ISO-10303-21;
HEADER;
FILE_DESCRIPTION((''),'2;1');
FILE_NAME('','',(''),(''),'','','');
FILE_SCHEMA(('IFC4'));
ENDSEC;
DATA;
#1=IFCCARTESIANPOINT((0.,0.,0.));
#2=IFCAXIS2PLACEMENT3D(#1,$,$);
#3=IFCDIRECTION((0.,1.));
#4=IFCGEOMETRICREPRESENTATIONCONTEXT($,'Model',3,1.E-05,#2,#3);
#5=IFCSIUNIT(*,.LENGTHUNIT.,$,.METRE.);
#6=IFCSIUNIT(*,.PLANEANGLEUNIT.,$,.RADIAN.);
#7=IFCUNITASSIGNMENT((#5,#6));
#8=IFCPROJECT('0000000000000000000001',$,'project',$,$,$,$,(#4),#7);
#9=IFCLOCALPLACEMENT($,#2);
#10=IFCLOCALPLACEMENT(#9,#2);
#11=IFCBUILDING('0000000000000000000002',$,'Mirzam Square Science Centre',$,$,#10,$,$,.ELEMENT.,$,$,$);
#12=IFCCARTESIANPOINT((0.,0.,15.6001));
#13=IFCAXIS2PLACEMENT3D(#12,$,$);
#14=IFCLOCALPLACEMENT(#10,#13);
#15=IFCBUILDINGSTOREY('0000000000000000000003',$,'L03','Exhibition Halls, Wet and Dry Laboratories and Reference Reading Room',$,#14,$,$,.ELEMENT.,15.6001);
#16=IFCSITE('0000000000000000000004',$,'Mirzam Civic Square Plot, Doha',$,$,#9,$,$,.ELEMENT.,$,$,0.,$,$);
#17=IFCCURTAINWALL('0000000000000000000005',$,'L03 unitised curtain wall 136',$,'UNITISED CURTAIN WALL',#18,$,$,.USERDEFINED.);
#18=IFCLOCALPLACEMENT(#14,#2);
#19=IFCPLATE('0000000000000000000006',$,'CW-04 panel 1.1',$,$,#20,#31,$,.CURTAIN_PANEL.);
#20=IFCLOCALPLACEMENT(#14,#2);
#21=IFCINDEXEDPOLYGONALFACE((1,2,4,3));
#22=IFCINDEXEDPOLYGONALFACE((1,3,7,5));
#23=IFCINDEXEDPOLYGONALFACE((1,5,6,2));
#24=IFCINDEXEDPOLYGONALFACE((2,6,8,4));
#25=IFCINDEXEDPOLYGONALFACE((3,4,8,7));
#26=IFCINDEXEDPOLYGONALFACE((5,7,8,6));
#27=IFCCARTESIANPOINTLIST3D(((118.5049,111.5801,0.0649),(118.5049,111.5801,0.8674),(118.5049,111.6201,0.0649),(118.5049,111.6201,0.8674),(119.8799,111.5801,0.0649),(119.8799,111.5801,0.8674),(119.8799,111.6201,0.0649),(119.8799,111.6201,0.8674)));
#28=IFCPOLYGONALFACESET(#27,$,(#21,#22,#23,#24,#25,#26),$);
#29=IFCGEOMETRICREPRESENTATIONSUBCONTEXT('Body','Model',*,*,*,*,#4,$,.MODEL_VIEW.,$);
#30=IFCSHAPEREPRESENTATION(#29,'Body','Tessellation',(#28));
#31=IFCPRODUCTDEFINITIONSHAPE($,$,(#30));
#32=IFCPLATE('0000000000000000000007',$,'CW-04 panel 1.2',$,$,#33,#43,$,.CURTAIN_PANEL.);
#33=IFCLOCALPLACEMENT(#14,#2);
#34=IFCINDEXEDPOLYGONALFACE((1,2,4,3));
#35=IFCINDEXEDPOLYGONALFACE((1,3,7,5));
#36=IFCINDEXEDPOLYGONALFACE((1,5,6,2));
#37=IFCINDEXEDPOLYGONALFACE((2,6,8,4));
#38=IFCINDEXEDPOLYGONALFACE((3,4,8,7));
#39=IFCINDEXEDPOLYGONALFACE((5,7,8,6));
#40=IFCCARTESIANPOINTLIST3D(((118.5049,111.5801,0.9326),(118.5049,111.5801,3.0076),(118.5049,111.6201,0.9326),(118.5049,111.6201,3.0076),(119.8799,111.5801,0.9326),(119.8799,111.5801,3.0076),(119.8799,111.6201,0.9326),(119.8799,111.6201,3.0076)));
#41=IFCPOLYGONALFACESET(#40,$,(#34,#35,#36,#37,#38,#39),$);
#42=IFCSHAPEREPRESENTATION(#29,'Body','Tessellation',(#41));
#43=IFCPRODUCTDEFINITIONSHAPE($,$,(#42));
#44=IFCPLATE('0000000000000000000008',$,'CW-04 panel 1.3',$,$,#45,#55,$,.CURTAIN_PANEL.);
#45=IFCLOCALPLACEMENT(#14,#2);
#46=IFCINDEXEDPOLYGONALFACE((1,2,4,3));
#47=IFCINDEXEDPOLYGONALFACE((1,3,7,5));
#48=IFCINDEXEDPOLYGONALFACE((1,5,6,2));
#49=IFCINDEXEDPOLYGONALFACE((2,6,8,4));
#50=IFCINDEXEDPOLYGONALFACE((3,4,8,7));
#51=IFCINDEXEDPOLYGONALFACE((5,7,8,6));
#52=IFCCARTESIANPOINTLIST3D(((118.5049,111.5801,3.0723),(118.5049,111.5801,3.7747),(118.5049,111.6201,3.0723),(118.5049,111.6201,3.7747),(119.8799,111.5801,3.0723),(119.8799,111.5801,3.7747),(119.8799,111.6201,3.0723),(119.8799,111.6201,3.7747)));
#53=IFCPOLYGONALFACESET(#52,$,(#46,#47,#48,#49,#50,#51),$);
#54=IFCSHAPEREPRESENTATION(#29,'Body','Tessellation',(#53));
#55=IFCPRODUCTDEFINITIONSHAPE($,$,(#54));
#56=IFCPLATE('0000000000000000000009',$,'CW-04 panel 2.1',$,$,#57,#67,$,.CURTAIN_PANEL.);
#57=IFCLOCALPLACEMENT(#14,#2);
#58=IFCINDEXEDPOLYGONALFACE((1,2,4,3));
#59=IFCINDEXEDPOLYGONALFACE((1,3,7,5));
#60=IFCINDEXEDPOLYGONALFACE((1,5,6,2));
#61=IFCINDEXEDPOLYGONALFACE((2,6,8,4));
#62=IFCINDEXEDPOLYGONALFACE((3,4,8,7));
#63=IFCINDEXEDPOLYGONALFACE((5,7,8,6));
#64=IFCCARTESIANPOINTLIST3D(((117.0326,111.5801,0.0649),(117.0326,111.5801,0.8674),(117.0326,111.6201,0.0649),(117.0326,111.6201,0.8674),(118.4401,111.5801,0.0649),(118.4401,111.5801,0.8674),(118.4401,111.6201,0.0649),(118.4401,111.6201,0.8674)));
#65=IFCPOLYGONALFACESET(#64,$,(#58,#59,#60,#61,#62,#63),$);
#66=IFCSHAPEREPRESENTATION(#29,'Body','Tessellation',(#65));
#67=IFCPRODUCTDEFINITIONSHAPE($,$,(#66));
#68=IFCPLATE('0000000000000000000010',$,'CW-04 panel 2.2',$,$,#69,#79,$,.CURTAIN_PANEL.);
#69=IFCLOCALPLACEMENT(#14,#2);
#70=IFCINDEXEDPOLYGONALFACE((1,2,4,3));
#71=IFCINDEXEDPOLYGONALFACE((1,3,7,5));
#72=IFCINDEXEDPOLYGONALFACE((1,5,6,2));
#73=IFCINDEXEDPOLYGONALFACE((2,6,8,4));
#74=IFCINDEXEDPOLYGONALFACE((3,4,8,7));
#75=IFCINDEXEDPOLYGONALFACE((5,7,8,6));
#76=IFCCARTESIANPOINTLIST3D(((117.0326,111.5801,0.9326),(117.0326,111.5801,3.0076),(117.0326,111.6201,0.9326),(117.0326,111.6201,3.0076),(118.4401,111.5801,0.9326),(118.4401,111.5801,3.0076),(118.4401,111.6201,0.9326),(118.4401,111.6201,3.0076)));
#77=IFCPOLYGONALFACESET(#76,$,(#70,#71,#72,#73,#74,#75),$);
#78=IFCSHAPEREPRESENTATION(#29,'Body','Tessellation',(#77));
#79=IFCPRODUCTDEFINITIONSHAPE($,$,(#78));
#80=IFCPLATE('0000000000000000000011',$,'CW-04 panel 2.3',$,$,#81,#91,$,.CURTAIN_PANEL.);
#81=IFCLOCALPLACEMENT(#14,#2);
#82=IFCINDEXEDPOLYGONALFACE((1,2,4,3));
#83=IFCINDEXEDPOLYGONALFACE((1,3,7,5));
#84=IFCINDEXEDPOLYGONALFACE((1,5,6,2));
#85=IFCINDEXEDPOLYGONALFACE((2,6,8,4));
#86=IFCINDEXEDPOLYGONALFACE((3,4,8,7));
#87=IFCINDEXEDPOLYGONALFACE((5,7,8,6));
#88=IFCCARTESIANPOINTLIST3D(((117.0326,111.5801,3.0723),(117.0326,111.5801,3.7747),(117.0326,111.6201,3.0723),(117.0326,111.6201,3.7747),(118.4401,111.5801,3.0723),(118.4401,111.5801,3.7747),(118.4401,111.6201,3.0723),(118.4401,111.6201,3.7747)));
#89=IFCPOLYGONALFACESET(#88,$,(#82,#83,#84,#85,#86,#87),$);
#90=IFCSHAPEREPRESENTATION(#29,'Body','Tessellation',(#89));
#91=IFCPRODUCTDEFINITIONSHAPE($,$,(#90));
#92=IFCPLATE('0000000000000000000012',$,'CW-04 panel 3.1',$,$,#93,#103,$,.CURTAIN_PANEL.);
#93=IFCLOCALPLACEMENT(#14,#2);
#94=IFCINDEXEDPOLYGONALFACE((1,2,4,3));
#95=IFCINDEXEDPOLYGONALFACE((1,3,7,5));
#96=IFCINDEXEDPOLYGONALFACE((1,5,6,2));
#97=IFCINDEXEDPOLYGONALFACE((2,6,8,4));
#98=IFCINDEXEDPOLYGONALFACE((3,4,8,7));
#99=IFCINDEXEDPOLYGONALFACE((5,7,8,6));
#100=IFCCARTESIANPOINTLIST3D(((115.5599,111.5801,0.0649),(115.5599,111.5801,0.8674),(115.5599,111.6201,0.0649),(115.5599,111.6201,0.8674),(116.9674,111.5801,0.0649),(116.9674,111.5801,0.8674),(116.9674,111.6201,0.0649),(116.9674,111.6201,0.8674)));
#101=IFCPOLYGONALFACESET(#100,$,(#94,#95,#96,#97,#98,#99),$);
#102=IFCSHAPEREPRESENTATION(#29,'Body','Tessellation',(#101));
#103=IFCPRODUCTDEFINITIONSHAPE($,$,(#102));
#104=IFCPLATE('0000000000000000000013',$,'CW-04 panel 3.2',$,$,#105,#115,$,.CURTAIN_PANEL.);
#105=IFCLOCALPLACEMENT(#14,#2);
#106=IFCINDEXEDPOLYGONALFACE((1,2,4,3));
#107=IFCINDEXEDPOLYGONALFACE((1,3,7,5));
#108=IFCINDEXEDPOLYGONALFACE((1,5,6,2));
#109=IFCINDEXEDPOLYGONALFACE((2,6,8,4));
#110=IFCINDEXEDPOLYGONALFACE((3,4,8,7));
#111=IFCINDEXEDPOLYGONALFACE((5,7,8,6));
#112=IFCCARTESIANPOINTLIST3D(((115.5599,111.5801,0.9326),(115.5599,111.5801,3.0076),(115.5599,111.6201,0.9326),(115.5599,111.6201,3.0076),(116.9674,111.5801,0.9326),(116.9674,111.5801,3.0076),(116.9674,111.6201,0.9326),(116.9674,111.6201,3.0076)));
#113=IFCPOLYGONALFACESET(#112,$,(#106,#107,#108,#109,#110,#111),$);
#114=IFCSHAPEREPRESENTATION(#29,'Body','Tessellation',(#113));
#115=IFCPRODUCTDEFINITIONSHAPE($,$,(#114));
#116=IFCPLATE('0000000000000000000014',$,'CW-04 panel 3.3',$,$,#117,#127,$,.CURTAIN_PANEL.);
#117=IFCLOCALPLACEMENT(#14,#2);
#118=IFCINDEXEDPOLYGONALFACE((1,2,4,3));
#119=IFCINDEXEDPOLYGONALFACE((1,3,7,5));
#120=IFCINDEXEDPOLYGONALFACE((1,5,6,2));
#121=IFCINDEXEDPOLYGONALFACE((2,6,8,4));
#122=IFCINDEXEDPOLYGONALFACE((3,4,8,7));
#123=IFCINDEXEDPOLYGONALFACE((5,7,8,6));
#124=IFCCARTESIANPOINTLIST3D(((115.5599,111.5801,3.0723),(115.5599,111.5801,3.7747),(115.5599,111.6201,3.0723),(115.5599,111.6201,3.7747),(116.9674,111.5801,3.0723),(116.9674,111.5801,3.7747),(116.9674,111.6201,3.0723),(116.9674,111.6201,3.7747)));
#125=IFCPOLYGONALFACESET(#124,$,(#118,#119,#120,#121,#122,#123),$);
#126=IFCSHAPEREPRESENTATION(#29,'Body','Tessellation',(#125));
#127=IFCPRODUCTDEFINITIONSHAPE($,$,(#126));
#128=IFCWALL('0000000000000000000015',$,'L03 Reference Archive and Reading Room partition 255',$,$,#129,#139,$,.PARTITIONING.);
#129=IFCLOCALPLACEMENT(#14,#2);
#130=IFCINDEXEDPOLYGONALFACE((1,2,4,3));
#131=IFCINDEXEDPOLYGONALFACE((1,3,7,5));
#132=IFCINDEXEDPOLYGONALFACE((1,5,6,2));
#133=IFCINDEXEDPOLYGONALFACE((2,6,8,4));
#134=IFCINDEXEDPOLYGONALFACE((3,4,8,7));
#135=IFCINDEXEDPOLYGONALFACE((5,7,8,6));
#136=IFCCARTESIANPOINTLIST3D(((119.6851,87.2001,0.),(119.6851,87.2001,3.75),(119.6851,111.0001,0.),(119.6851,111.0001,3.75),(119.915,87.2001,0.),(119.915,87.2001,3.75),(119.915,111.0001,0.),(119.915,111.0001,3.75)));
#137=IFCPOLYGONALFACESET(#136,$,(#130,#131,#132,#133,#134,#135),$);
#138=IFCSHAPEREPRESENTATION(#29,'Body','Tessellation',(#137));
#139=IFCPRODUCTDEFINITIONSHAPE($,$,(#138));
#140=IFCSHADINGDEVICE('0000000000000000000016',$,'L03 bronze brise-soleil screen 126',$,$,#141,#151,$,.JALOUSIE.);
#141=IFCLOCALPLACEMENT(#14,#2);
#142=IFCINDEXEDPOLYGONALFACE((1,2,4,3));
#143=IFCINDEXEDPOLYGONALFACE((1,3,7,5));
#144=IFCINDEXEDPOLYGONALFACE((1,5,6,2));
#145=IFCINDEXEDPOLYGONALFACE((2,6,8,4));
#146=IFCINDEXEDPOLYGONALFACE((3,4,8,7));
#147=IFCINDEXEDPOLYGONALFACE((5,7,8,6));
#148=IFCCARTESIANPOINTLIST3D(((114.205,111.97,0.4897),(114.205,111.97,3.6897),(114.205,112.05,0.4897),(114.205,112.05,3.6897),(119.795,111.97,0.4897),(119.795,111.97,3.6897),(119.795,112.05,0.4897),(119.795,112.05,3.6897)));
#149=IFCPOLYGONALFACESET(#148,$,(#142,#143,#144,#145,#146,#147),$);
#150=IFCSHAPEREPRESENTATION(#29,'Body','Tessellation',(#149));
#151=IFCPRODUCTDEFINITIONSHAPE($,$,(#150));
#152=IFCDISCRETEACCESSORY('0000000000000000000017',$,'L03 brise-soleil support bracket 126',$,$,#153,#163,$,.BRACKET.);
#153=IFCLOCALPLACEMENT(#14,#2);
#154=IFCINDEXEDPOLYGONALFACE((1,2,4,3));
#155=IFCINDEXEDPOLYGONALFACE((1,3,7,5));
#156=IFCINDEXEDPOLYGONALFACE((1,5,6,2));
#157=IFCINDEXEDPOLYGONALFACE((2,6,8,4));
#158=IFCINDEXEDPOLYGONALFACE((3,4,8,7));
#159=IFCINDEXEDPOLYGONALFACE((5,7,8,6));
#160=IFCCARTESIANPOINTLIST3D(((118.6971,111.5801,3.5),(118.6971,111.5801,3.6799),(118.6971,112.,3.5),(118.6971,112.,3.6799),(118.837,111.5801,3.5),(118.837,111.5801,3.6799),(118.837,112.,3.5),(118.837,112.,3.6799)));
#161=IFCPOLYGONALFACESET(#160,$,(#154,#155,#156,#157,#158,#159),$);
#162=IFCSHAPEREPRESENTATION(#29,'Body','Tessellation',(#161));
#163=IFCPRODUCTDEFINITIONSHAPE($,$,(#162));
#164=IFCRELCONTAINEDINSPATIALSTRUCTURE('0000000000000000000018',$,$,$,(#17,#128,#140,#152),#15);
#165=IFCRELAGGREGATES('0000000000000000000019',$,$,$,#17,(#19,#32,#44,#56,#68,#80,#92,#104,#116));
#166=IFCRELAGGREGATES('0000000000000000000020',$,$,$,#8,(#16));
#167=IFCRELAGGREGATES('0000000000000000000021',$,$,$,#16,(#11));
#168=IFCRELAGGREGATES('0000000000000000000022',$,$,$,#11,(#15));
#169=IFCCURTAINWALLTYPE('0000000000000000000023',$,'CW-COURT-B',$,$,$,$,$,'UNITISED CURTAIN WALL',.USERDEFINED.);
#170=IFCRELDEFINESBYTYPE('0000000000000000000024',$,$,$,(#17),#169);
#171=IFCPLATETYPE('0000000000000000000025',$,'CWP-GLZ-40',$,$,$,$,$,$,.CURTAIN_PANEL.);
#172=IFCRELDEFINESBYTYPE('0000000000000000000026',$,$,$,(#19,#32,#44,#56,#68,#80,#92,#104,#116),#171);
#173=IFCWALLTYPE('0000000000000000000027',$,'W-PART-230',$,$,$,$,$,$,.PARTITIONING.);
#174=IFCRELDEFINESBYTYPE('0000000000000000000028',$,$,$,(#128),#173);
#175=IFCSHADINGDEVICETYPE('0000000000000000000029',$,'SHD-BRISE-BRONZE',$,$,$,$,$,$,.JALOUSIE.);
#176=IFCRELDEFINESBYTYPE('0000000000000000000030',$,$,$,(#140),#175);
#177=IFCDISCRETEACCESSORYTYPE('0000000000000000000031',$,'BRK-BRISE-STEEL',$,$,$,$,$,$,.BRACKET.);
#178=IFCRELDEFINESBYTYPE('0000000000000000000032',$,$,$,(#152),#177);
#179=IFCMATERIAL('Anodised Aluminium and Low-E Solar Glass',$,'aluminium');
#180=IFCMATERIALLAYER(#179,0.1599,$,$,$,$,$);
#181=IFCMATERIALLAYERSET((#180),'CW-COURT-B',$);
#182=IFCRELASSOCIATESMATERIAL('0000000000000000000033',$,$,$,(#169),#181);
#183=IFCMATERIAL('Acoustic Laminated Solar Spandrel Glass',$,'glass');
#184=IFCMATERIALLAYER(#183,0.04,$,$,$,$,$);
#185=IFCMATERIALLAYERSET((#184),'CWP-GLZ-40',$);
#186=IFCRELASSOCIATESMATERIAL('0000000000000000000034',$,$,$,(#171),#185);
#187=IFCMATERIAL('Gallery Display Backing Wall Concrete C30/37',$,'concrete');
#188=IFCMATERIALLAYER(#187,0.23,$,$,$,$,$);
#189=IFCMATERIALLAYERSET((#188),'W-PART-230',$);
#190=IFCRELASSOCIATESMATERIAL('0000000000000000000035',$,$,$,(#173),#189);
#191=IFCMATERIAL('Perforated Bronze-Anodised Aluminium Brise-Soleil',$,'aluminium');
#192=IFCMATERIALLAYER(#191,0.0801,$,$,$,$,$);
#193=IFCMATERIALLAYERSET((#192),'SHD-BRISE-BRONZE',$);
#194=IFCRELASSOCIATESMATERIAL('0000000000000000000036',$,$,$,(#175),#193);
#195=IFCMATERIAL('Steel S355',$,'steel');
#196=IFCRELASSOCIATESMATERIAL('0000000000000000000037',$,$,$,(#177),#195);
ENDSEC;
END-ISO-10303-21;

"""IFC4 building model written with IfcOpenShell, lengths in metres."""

from ifc_helpers import new_model, si_unit, direction, frame, frame_2d, origin, origin_2d, place, context, subcontext, project, spatial, rectangle, extrude, material, layer, layer_set, type_object, element, aggregate, save


model = new_model("IFC4")

# Units and contexts
model_context = context("Model", 3, precision=1e-05, world=origin(), true_north=direction((0.0, 1.0)))
body_context = subcontext(model_context, "Body", "Model", "MODEL_VIEW")
ifc_project = project(units=[si_unit("LENGTHUNIT", "METRE"), si_unit("PLANEANGLEUNIT", "RADIAN")], contexts=[model_context])

# Site, building, storey
site_placement = place(None, origin())
site = spatial("IfcSite", under=ifc_project, at=site_placement, Name="Mirzam Civic Square Plot, Doha", CompositionType="ELEMENT", RefElevation=0.0)
building_placement = place(site_placement, origin())
building = spatial("IfcBuilding", under=site, at=building_placement, Name="Mirzam Square Science Centre", CompositionType="ELEMENT")
storey_placement = place(building_placement, frame((0.0, 0.0, 15.6001)))
storey = spatial("IfcBuildingStorey", under=building, at=storey_placement, Name="L03", Description="Exhibition Halls, Wet and Dry Laboratories and Reference Reading Room", CompositionType="ELEMENT", Elevation=15.6001)

# Curtain wall, plates
ifc_material_1 = material(Name="Anodised Aluminium and Low-E Solar Glass", Category="aluminium")
ifc_layer_1 = layer(ifc_material_1, 0.1599)
ifc_layer_set_1 = layer_set([ifc_layer_1], Name="CW-COURT-B")
curtain_wall_type = type_object("IfcCurtainWallType", Name="CW-COURT-B", ElementType="UNITISED CURTAIN WALL", PredefinedType="USERDEFINED", material=ifc_layer_set_1)
curtain_wall_placement = place(storey_placement, origin())
curtain_wall = element("IfcCurtainWall", 1, at=curtain_wall_placement, inside=storey, type_object=curtain_wall_type, Name="L03 unitised curtain wall 136", ObjectType="UNITISED CURTAIN WALL", PredefinedType="USERDEFINED")
ifc_material_2 = material(Name="Acoustic Laminated Solar Spandrel Glass", Category="glass")
ifc_layer_2 = layer(ifc_material_2, 0.04)
ifc_layer_set_2 = layer_set([ifc_layer_2], Name="CWP-GLZ-40")
plate_type = type_object("IfcPlateType", Name="CWP-GLZ-40", PredefinedType="CURTAIN_PANEL", material=ifc_layer_set_2)
plate_1_placement = place(storey_placement, frame((119.1924, 111.6001, 0.0649), z_axis=(0.0, 0.0, 1.0), x_axis=(-1.0, 0.0, 0.0)))
plate_1 = element("IfcPlate", 2, at=plate_1_placement, type_object=plate_type, Name="CW-04 panel 1.1", PredefinedType="CURTAIN_PANEL", context=body_context, shape_type="SweptSolid", body=[
    extrude(rectangle(XDim=1.375, YDim=0.04, at=origin_2d()), origin(), (0.0, 0.0, 1.0), 0.8025),
])
plate_2_placement = place(storey_placement, frame((119.1924, 111.6001, 0.9326), z_axis=(0.0, 0.0, 1.0), x_axis=(-1.0, 0.0, 0.0)))
plate_2 = element("IfcPlate", 3, at=plate_2_placement, type_object=plate_type, Name="CW-04 panel 1.2", PredefinedType="CURTAIN_PANEL", context=body_context, shape_type="SweptSolid", body=[
    extrude(rectangle(XDim=1.375, YDim=0.04, at=origin_2d()), origin(), (0.0, 0.0, 1.0), 2.075),
])
plate_3_placement = place(storey_placement, frame((119.1924, 111.6001, 3.0723), z_axis=(0.0, 0.0, 1.0), x_axis=(-1.0, 0.0, 0.0)))
plate_3 = element("IfcPlate", 4, at=plate_3_placement, type_object=plate_type, Name="CW-04 panel 1.3", PredefinedType="CURTAIN_PANEL", context=body_context, shape_type="SweptSolid", body=[
    extrude(rectangle(XDim=1.375, YDim=0.04, at=origin_2d()), origin(), (0.0, 0.0, 1.0), 0.7024),
])
plate_4_placement = place(storey_placement, frame((117.7363, 111.6001, 0.0649), z_axis=(0.0, 0.0, 1.0), x_axis=(-1.0, 0.0, 0.0)))
plate_4 = element("IfcPlate", 5, at=plate_4_placement, type_object=plate_type, Name="CW-04 panel 2.1", PredefinedType="CURTAIN_PANEL", context=body_context, shape_type="SweptSolid", body=[
    extrude(rectangle(XDim=1.4075, YDim=0.04, at=origin_2d()), origin(), (0.0, 0.0, 1.0), 0.8025),
])
plate_5_placement = place(storey_placement, frame((117.7363, 111.6001, 0.9326), z_axis=(0.0, 0.0, 1.0), x_axis=(-1.0, 0.0, 0.0)))
plate_5 = element("IfcPlate", 6, at=plate_5_placement, type_object=plate_type, Name="CW-04 panel 2.2", PredefinedType="CURTAIN_PANEL", context=body_context, shape_type="SweptSolid", body=[
    extrude(rectangle(XDim=1.4075, YDim=0.04, at=origin_2d()), origin(), (0.0, 0.0, 1.0), 2.075),
])
plate_6_placement = place(storey_placement, frame((117.7363, 111.6001, 3.0723), z_axis=(0.0, 0.0, 1.0), x_axis=(-1.0, 0.0, 0.0)))
plate_6 = element("IfcPlate", 7, at=plate_6_placement, type_object=plate_type, Name="CW-04 panel 2.3", PredefinedType="CURTAIN_PANEL", context=body_context, shape_type="SweptSolid", body=[
    extrude(rectangle(XDim=1.4075, YDim=0.04, at=origin_2d()), origin(), (0.0, 0.0, 1.0), 0.7024),
])
plate_7_placement = place(storey_placement, frame((116.2637, 111.6001, 0.0649), z_axis=(0.0, 0.0, 1.0), x_axis=(-1.0, 0.0, 0.0)))
plate_7 = element("IfcPlate", 8, at=plate_7_placement, type_object=plate_type, Name="CW-04 panel 3.1", PredefinedType="CURTAIN_PANEL", context=body_context, shape_type="SweptSolid", body=[
    extrude(rectangle(XDim=1.4075, YDim=0.04, at=origin_2d()), origin(), (0.0, 0.0, 1.0), 0.8025),
])
plate_8_placement = place(storey_placement, frame((116.2637, 111.6001, 0.9326), z_axis=(0.0, 0.0, 1.0), x_axis=(-1.0, 0.0, 0.0)))
plate_8 = element("IfcPlate", 9, at=plate_8_placement, type_object=plate_type, Name="CW-04 panel 3.2", PredefinedType="CURTAIN_PANEL", context=body_context, shape_type="SweptSolid", body=[
    extrude(rectangle(XDim=1.4075, YDim=0.04, at=origin_2d()), origin(), (0.0, 0.0, 1.0), 2.075),
])
plate_9_placement = place(storey_placement, frame((116.2637, 111.6001, 3.0723), z_axis=(0.0, 0.0, 1.0), x_axis=(-1.0, 0.0, 0.0)))
plate_9 = element("IfcPlate", 10, at=plate_9_placement, type_object=plate_type, Name="CW-04 panel 3.3", PredefinedType="CURTAIN_PANEL", context=body_context, shape_type="SweptSolid", body=[
    extrude(rectangle(XDim=1.4075, YDim=0.04, at=origin_2d()), origin(), (0.0, 0.0, 1.0), 0.7024),
])
aggregate(curtain_wall, [plate_1, plate_2, plate_3, plate_4, plate_5, plate_6, plate_7, plate_8, plate_9])

# Wall
ifc_material_3 = material(Name="Gallery Display Backing Wall Concrete C30/37", Category="concrete")
ifc_layer_3 = layer(ifc_material_3, 0.23)
ifc_layer_set_3 = layer_set([ifc_layer_3], Name="W-PART-230")
wall_type = type_object("IfcWallType", Name="W-PART-230", PredefinedType="PARTITIONING", material=ifc_layer_set_3)
wall_placement = place(storey_placement, frame((119.8, 111.0, 0.0), z_axis=(0.0, 0.0, 1.0), x_axis=(0.0, -1.0, 0.0)))
element("IfcWall", 11, at=wall_placement, inside=storey, type_object=wall_type, Name="L03 Reference Archive and Reading Room partition 255", PredefinedType="PARTITIONING", context=body_context, shape_type="SweptSolid", body=[
    extrude(rectangle(XDim=23.8, YDim=0.23, at=frame_2d((11.8999, 0.0))), origin(), (0.0, 0.0, 1.0), 3.75),
])

# Shading device
ifc_material_4 = material(Name="Perforated Bronze-Anodised Aluminium Brise-Soleil", Category="aluminium")
ifc_layer_4 = layer(ifc_material_4, 0.0801)
ifc_layer_set_4 = layer_set([ifc_layer_4], Name="SHD-BRISE-BRONZE")
shading_device_type = type_object("IfcShadingDeviceType", Name="SHD-BRISE-BRONZE", PredefinedType="JALOUSIE", material=ifc_layer_set_4)
shading_device_placement = place(storey_placement, frame((117.0, 112.01, 0.4897), z_axis=(0.0, 0.0, 1.0), x_axis=(-1.0, 0.0, 0.0)))
element("IfcShadingDevice", 12, at=shading_device_placement, inside=storey, type_object=shading_device_type, Name="L03 bronze brise-soleil screen 126", PredefinedType="JALOUSIE", context=body_context, shape_type="SweptSolid", body=[
    extrude(rectangle(XDim=5.5901, YDim=0.0801, at=origin_2d()), origin(), (0.0, 0.0, 1.0), 3.2),
])

# Discrete accessory
ifc_material_5 = material(Name="Steel S355", Category="steel")
discrete_accessory_type = type_object("IfcDiscreteAccessoryType", Name="BRK-BRISE-STEEL", PredefinedType="BRACKET", material=ifc_material_5)
discrete_accessory_placement = place(storey_placement, frame((118.7671, 111.79, 3.5), z_axis=(0.0, 0.0, 1.0), x_axis=(-1.0, 0.0, 0.0)))
element("IfcDiscreteAccessory", 13, at=discrete_accessory_placement, inside=storey, type_object=discrete_accessory_type, Name="L03 brise-soleil support bracket 126", PredefinedType="BRACKET", context=body_context, shape_type="SweptSolid", body=[
    extrude(rectangle(XDim=0.1399, YDim=0.4199, at=origin_2d()), origin(), (0.0, 0.0, 1.0), 0.1799),
])

save(model, "model.ifc")
